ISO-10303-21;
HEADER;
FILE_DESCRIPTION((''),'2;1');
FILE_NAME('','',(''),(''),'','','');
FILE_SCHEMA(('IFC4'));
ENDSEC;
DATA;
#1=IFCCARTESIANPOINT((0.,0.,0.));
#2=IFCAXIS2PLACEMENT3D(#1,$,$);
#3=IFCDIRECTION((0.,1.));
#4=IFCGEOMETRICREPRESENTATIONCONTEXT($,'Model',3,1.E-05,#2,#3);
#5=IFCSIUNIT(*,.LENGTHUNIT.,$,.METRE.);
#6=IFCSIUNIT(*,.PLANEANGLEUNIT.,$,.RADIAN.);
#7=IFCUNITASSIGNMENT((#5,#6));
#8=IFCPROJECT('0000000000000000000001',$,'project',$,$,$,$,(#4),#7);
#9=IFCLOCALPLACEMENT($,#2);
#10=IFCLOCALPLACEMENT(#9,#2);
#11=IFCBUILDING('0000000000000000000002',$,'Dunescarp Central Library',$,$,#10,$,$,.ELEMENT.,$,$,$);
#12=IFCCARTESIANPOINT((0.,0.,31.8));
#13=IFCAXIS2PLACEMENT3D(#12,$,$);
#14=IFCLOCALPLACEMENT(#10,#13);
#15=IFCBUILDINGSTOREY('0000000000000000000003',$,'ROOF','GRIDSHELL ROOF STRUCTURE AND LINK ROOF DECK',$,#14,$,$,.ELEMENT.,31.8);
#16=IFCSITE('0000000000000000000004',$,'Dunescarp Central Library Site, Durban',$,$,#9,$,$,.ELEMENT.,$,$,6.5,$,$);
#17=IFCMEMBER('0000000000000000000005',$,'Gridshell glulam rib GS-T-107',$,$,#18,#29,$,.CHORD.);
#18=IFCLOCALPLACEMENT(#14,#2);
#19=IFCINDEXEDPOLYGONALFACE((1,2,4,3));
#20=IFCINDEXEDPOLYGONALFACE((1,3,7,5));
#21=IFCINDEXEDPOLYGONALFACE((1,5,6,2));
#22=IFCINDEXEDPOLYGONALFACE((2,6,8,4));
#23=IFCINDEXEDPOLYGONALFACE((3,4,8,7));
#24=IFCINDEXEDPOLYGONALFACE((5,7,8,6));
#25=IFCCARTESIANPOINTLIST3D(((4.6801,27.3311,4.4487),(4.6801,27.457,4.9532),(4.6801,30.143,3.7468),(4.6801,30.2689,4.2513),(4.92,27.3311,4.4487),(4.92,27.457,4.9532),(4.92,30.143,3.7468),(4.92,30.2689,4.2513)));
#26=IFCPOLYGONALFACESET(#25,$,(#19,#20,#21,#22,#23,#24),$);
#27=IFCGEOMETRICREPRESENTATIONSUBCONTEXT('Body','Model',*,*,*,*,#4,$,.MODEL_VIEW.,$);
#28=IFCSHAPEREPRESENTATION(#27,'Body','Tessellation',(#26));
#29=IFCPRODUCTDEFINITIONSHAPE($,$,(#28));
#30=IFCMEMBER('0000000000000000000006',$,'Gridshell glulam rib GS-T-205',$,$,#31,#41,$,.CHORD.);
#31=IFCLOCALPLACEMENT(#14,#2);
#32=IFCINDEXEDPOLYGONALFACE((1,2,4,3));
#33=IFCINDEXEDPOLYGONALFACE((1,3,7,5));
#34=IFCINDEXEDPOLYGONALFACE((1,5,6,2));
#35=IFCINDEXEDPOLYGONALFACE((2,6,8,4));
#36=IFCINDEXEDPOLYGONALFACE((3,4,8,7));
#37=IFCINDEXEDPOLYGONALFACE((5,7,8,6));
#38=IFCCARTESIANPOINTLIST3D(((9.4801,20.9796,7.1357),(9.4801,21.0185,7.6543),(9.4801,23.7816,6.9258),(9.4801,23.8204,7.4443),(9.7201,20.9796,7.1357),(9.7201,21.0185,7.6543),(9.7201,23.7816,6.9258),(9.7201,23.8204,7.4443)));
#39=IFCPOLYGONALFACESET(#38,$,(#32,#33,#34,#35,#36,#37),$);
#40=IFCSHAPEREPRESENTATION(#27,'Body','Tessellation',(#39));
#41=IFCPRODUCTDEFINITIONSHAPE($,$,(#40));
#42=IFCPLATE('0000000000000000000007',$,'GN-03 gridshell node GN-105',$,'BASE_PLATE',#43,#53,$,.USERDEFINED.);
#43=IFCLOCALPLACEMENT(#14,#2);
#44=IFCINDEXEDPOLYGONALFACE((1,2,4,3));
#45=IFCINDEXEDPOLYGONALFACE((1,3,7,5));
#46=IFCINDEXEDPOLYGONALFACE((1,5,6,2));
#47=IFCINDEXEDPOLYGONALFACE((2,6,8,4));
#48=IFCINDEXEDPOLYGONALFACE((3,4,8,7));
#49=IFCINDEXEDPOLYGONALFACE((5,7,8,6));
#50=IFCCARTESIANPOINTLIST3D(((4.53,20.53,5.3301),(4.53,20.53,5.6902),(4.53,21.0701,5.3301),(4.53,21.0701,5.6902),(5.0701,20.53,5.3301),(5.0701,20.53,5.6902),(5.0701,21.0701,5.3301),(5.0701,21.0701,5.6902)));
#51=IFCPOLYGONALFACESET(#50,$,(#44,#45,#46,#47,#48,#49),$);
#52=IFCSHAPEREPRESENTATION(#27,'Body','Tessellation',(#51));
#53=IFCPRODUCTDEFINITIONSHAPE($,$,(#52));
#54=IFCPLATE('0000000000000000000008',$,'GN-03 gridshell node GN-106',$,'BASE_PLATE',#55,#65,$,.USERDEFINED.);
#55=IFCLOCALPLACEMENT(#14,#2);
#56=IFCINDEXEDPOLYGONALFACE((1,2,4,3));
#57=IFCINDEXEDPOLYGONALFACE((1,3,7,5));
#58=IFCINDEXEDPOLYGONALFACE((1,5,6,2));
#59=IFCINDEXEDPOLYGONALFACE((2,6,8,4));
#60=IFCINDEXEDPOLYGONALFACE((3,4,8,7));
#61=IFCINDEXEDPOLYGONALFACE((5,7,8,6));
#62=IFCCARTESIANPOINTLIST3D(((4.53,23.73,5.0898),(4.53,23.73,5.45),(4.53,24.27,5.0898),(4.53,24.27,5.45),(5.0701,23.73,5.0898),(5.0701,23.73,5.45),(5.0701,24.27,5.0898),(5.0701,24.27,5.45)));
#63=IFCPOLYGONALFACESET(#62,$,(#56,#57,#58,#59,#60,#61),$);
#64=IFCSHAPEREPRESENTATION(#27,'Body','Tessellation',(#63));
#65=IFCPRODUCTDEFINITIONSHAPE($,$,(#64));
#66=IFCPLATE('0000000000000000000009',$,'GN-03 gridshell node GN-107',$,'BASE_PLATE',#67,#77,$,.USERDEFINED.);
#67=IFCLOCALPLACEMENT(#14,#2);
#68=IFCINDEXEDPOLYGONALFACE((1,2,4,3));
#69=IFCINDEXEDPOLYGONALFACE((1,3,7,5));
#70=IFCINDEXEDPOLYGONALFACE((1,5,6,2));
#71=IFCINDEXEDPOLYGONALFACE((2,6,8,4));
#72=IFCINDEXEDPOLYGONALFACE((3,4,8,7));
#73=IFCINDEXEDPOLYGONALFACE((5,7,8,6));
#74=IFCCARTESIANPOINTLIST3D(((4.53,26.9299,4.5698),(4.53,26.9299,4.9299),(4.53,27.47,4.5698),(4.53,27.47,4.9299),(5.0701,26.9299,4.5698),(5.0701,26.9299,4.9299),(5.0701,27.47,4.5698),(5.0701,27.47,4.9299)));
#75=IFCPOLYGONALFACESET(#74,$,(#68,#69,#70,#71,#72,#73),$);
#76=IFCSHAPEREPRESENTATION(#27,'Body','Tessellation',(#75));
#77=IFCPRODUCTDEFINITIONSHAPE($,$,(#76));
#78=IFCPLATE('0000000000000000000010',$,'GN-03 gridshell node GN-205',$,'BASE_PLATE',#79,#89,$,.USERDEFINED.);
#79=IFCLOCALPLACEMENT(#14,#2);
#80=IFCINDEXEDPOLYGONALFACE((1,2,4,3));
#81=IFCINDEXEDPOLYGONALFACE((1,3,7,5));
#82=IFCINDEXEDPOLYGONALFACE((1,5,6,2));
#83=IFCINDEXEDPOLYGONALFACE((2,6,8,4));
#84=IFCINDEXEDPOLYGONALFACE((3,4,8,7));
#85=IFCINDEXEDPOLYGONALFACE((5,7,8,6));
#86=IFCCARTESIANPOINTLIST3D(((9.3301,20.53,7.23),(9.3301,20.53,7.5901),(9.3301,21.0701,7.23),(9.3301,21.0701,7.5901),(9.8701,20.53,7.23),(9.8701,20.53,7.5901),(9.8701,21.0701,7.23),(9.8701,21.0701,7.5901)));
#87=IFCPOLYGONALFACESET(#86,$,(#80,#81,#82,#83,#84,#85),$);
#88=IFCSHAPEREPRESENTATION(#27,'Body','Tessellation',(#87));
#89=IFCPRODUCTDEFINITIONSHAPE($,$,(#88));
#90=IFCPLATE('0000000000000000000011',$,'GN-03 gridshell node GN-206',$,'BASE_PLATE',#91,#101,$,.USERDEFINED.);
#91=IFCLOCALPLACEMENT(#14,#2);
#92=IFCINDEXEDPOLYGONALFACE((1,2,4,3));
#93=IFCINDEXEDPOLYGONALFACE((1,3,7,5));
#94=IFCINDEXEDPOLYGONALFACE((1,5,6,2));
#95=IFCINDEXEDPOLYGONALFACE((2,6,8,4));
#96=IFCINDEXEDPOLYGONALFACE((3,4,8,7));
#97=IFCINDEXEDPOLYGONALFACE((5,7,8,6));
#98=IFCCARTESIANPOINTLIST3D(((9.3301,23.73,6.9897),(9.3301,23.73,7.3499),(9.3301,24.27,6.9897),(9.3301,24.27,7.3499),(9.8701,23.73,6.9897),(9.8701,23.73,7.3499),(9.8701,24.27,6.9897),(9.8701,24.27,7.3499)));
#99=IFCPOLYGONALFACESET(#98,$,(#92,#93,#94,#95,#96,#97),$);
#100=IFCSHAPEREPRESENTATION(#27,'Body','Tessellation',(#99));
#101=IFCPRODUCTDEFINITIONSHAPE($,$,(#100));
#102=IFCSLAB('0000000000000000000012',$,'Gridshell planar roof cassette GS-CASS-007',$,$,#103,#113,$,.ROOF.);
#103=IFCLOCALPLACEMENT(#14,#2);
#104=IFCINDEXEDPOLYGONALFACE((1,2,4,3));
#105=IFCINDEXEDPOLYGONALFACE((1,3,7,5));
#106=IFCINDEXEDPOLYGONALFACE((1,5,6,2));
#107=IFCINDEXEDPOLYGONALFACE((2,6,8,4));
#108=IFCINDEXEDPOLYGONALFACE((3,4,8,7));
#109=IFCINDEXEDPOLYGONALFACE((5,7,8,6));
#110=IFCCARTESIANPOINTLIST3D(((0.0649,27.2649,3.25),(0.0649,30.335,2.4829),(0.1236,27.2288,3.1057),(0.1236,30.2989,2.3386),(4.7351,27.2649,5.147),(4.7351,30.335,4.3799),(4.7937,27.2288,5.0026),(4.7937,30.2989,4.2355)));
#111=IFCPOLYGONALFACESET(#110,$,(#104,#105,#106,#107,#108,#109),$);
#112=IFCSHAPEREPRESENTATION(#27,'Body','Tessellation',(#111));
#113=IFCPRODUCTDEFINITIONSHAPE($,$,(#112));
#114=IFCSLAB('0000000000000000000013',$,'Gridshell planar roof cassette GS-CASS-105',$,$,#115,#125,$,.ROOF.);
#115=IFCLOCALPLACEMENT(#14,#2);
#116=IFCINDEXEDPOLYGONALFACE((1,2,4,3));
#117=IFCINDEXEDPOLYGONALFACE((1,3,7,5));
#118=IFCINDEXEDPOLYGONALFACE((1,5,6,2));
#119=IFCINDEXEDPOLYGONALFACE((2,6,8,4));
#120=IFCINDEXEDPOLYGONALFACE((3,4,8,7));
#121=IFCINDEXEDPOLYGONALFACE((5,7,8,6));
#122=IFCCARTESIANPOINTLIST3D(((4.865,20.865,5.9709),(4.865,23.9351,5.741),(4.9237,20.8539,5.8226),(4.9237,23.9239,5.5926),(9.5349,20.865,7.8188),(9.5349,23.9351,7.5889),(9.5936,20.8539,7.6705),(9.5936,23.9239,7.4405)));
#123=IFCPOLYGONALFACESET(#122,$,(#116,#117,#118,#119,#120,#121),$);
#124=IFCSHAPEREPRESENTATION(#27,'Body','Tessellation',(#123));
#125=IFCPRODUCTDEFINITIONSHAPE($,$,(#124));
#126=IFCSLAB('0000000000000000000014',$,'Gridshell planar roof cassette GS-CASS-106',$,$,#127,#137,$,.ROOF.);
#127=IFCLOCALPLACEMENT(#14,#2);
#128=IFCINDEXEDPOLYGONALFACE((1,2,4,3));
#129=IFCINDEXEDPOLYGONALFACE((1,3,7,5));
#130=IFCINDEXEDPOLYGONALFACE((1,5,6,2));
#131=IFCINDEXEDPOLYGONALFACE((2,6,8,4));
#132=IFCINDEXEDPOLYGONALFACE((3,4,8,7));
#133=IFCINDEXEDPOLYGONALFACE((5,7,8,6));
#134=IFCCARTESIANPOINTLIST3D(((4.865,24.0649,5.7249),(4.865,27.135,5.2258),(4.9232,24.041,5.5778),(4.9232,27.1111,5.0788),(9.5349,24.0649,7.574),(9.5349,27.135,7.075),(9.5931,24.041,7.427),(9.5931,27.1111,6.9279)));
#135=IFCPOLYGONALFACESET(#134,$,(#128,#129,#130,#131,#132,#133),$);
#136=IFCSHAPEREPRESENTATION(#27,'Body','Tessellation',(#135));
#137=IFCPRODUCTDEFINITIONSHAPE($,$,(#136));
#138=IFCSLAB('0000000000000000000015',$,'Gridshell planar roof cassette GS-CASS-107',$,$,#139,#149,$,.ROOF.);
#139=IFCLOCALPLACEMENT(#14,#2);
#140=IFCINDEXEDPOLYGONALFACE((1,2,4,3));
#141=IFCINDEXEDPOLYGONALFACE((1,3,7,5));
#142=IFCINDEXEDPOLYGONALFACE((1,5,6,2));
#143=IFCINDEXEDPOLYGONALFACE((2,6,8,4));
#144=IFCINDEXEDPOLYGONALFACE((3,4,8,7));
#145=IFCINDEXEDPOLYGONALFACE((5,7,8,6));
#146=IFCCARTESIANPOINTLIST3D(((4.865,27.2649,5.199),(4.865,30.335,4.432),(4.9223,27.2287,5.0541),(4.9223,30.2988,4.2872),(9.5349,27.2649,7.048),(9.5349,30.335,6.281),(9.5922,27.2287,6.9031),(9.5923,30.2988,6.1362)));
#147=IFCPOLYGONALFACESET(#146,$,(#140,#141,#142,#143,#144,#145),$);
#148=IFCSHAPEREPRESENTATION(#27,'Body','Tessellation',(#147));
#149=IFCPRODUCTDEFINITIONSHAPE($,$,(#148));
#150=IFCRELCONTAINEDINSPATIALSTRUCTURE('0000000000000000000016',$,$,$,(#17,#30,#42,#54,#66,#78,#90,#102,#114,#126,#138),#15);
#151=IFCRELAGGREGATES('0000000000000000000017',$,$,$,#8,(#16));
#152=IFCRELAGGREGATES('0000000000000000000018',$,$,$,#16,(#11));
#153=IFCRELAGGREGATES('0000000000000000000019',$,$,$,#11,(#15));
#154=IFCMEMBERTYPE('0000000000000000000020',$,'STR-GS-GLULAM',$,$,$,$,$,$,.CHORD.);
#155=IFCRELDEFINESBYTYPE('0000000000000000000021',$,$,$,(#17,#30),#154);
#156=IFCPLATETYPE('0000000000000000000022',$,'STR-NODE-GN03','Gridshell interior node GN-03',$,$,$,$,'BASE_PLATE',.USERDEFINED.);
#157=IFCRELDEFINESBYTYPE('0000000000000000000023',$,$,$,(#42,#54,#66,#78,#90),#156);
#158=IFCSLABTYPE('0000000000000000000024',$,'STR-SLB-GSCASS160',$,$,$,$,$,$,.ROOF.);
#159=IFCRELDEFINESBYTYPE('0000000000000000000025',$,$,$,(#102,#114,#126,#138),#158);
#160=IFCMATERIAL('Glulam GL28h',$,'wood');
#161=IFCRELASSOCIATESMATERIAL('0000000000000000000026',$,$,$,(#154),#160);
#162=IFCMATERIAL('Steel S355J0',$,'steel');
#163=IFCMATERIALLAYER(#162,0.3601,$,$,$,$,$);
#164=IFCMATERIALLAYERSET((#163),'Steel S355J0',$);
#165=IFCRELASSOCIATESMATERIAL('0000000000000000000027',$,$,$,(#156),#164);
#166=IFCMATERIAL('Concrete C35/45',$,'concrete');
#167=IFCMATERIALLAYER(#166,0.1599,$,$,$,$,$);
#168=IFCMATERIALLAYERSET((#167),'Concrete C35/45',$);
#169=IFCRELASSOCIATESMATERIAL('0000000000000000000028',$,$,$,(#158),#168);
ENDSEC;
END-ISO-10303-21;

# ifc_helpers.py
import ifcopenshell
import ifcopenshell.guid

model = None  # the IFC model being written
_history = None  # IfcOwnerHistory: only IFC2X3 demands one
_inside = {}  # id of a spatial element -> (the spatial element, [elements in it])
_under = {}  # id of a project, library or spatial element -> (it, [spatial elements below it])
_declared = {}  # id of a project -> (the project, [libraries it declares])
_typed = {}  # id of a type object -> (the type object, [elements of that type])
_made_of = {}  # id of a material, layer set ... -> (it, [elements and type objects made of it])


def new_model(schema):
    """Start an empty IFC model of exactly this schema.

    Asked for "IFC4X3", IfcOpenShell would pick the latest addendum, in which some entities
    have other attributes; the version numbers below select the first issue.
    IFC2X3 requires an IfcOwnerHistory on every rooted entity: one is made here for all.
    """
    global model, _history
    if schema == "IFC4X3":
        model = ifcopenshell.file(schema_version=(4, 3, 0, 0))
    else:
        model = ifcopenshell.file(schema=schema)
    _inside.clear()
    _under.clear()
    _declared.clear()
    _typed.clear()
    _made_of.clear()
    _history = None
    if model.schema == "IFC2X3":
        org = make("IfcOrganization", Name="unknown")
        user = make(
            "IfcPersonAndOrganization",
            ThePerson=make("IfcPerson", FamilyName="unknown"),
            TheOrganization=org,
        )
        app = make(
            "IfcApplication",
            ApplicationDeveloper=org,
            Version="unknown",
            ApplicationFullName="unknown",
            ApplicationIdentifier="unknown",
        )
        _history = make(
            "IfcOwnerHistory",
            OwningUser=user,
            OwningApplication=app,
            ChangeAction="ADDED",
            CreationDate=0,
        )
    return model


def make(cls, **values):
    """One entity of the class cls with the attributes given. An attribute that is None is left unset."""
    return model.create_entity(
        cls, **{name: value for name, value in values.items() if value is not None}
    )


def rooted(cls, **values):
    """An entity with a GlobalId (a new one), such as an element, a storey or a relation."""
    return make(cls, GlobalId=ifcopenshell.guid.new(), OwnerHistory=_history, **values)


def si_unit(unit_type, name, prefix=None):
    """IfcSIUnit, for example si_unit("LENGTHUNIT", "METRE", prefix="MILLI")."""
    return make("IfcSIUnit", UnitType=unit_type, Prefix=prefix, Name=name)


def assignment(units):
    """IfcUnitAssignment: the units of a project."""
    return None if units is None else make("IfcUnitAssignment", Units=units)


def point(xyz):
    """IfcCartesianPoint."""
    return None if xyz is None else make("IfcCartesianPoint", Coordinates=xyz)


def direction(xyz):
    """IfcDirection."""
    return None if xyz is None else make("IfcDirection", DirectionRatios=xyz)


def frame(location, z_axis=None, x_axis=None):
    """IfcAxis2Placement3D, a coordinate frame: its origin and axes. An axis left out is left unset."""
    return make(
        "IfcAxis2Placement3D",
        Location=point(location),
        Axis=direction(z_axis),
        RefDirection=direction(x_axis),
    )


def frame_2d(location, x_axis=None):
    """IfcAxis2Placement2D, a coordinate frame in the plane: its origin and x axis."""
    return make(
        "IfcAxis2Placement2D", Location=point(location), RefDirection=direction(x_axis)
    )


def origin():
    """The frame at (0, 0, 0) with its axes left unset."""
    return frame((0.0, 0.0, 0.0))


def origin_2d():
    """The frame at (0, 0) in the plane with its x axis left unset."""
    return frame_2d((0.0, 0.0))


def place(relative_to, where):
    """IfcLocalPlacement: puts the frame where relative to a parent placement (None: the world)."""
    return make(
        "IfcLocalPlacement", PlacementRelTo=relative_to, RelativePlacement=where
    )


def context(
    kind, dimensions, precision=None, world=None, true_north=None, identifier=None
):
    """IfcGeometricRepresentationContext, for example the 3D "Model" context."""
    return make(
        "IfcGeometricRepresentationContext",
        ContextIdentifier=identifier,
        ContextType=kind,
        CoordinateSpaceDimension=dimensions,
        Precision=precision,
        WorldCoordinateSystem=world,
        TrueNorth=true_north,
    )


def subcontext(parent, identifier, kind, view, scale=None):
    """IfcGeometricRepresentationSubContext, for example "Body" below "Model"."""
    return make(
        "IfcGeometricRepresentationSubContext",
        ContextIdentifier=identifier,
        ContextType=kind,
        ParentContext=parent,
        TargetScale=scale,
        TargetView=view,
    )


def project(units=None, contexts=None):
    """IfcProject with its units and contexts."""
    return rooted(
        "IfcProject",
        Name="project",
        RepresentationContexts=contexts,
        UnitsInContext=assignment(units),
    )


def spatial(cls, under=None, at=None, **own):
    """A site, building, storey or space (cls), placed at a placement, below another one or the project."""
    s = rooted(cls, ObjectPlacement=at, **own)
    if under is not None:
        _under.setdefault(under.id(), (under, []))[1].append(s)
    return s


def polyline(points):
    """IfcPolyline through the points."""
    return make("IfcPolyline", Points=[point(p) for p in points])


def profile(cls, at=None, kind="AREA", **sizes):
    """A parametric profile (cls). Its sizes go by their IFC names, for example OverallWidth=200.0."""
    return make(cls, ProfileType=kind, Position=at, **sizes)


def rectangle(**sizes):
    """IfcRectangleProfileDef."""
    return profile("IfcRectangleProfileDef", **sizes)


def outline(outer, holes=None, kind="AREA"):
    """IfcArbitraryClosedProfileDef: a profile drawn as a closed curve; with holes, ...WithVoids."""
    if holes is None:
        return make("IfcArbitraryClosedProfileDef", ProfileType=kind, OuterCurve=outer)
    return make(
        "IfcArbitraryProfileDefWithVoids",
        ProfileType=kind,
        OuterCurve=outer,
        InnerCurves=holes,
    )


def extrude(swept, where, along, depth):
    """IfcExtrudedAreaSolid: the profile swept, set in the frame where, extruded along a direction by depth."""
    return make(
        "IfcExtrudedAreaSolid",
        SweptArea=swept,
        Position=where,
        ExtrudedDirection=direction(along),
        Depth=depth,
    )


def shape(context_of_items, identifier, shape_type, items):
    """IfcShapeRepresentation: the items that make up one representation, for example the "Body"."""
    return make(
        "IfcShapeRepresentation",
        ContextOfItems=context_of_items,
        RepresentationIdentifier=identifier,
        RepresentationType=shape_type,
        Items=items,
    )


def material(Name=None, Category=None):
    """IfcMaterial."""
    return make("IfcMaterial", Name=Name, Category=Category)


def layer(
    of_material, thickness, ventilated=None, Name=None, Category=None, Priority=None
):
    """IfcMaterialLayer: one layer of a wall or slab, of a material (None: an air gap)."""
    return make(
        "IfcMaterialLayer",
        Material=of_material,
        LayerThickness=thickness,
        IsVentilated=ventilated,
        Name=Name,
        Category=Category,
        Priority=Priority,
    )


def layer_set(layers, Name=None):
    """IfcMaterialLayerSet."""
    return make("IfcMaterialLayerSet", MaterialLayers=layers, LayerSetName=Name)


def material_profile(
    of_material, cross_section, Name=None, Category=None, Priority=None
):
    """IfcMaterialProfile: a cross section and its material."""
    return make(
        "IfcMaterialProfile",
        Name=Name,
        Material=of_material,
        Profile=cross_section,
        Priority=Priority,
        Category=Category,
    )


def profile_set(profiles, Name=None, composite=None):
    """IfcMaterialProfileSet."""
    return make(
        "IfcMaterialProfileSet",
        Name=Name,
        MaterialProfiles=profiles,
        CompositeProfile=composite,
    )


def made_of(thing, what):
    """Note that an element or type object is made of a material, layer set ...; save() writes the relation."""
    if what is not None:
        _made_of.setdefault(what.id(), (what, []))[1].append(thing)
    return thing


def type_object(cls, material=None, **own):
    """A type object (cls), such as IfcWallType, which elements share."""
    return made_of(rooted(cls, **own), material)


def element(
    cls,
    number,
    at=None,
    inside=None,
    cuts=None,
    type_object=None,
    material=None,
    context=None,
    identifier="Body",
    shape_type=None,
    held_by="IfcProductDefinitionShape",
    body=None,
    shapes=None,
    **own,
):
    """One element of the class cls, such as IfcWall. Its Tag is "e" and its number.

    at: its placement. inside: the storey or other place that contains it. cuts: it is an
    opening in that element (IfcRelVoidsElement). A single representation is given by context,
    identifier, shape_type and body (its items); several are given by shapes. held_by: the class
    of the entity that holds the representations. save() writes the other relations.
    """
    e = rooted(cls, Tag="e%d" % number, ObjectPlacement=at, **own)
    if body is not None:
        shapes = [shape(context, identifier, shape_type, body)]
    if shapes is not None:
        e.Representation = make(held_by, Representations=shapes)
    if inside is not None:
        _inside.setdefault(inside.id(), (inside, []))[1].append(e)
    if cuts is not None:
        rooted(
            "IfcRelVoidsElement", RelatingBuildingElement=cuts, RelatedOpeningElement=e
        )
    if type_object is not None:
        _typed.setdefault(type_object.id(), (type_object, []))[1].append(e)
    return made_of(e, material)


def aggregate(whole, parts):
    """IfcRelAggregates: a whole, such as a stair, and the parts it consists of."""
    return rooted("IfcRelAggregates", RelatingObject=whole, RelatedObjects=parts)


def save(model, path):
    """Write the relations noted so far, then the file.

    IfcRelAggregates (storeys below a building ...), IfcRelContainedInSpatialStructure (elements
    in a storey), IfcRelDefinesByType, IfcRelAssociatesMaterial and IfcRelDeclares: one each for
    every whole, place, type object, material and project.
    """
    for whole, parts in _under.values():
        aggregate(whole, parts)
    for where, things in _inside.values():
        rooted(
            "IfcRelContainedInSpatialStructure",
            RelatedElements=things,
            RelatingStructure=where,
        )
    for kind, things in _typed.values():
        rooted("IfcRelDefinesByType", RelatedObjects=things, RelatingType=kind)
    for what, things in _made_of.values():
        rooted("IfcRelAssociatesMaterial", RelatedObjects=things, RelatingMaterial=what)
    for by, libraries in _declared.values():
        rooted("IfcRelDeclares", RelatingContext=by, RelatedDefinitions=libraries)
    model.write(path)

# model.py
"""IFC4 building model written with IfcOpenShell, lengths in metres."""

from ifc_helpers import new_model, si_unit, direction, frame, origin, origin_2d, place, context, subcontext, project, spatial, polyline, rectangle, outline, extrude, material, layer, layer_set, material_profile, profile_set, type_object, element, save


model = new_model("IFC4")

# Units and contexts
model_context = context("Model", 3, precision=1e-05, world=origin(), true_north=direction((0.0, 1.0)))
body_context = subcontext(model_context, "Body", "Model", "MODEL_VIEW")
ifc_project = project(units=[si_unit("LENGTHUNIT", "METRE"), si_unit("PLANEANGLEUNIT", "RADIAN")], contexts=[model_context])

# Site, building, storey
site_placement = place(None, origin())
site = spatial("IfcSite", under=ifc_project, at=site_placement, Name="Dunescarp Central Library Site, Durban", CompositionType="ELEMENT", RefElevation=6.5)
building_placement = place(site_placement, origin())
building = spatial("IfcBuilding", under=site, at=building_placement, Name="Dunescarp Central Library", CompositionType="ELEMENT")
storey_placement = place(building_placement, frame((0.0, 0.0, 31.8)))
storey = spatial("IfcBuildingStorey", under=building, at=storey_placement, Name="ROOF", Description="GRIDSHELL ROOF STRUCTURE AND LINK ROOF DECK", CompositionType="ELEMENT", Elevation=31.8)

# Members
ifc_material_1 = material(Name="Steel S355J0", Category="steel")
ifc_material_2 = material(Name="Glulam GL28h", Category="wood")
ifc_material_profile_1 = material_profile(ifc_material_2, rectangle(XDim=0.24, YDim=0.52, at=origin_2d()), Name="GL28h 240x520")
ifc_profile_set_1 = profile_set([ifc_material_profile_1], Name="Glulam GL28h")
member_type_1 = type_object("IfcMemberType", Name="STR-GS-GLULAM", PredefinedType="CHORD", material=ifc_profile_set_1)
member_1_placement = place(storey_placement, frame((4.8, 27.394, 4.7009), z_axis=(0.0, 0.970232, -0.242179), x_axis=(-1.0, 0.0, 0.0)))
element("IfcMember", 1, at=member_1_placement, inside=storey, type_object=member_type_1, Name="Gridshell glulam rib GS-T-107", PredefinedType="CHORD", context=body_context, shape_type="SweptSolid", body=[
    extrude(rectangle(XDim=0.24, YDim=0.52, at=origin_2d()), origin(), (0.0, 0.0, 1.0), 2.8982),
])
member_2_placement = place(storey_placement, frame((9.6001, 20.999, 7.395), z_axis=(0.0, 0.997204, -0.074723), x_axis=(-1.0, 0.0, 0.0)))
element("IfcMember", 2, at=member_2_placement, inside=storey, type_object=member_type_1, Name="Gridshell glulam rib GS-T-205", PredefinedType="CHORD", context=body_context, shape_type="SweptSolid", body=[
    extrude(rectangle(XDim=0.24, YDim=0.52, at=origin_2d()), origin(), (0.0, 0.0, 1.0), 2.8098),
])

# Plates
ifc_layer_1 = layer(ifc_material_1, 0.3601)
ifc_layer_set_1 = layer_set([ifc_layer_1], Name="Steel S355J0")
plate_type = type_object("IfcPlateType", Name="STR-NODE-GN03", Description="Gridshell interior node GN-03", ElementType="BASE_PLATE", PredefinedType="USERDEFINED", material=ifc_layer_set_1)
for number, where, z_axis, x_axis, name in (
    (3, (4.8, 20.8, 5.3301), (0.0, 0.0, 1.0), (1.0, 0.0, 0.0), "GN-03 gridshell node GN-105"),
    (4, (4.8, 24.0, 5.0898), (0.0, 0.0, 1.0), (1.0, 0.0, 0.0), "GN-03 gridshell node GN-106"),
    (5, (4.8, 27.2, 4.5698), (0.0, 0.0, 1.0), (1.0, 0.0, 0.0), "GN-03 gridshell node GN-107"),
    (6, (9.6001, 20.8, 7.23), (0.0, 0.0, 1.0), (1.0, 0.0, 0.0), "GN-03 gridshell node GN-205"),
    (7, (9.6001, 24.0, 6.9897), (0.0, 0.0, 1.0), (1.0, 0.0, 0.0), "GN-03 gridshell node GN-206"),
):
    element("IfcPlate", number, at=place(storey_placement, frame(where, z_axis=z_axis, x_axis=x_axis)), inside=storey, type_object=plate_type, Name=name, ObjectType="BASE_PLATE", PredefinedType="USERDEFINED", context=body_context, shape_type="SweptSolid", body=[
        extrude(rectangle(XDim=0.54, YDim=0.54, at=origin_2d()), origin(), (0.0, 0.0, 1.0), 0.3601),
    ])

# Slabs
ifc_material_3 = material(Name="Concrete C35/45", Category="concrete")
ifc_layer_2 = layer(ifc_material_3, 0.1599)
ifc_layer_set_2 = layer_set([ifc_layer_2], Name="Concrete C35/45")
slab_type = type_object("IfcSlabType", Name="STR-SLB-GSCASS160", PredefinedType="ROOF", material=ifc_layer_set_2)
slab_1_placement = place(storey_placement, frame((0.0649, 27.2649, 3.25), z_axis=(-0.366633, 0.225529, 0.902617), x_axis=(0.926486, 0.0, 0.376329)))
element("IfcSlab", 8, at=slab_1_placement, inside=storey, type_object=slab_type, Name="Gridshell planar roof cassette GS-CASS-007", PredefinedType="ROOF", context=body_context, shape_type="SweptSolid", body=[
    extrude(outline(polyline([(0.0, 0.0), (5.0407, 0.0), (4.7521, 3.1513), (-0.2887, 3.1513), (0.0, 0.0)])), origin(), (0.0, 0.0, -1.0), 0.1599),
])
slab_2_placement = place(storey_placement, frame((4.865, 20.865, 5.9709), z_axis=(-0.367054, 0.069487, 0.927601), x_axis=(0.929848, 0.0, 0.367943)))
element("IfcSlab", 9, at=slab_2_placement, inside=storey, type_object=slab_type, Name="Gridshell planar roof cassette GS-CASS-105", PredefinedType="ROOF", context=body_context, shape_type="SweptSolid", body=[
    extrude(outline(polyline([(0.0, 0.0), (5.0222, 0.0), (4.9376, 3.0775), (-0.0846, 3.0775), (0.0, 0.0)])), origin(), (0.0, 0.0, -1.0), 0.1599),
])
slab_3_placement = place(storey_placement, frame((4.865, 24.0649, 5.7249), z_axis=(-0.36402, 0.149432, 0.919326), x_axis=(0.929765, 0.0, 0.368154)))
element("IfcSlab", 10, at=slab_3_placement, inside=storey, type_object=slab_type, Name="Gridshell planar roof cassette GS-CASS-106", PredefinedType="ROOF", context=body_context, shape_type="SweptSolid", body=[
    extrude(outline(polyline([(0.0, 0.0), (5.0227, 0.0), (4.839, 3.1049), (-0.1837, 3.1049), (0.0, 0.0)])), origin(), (0.0, 0.0, -1.0), 0.1599),
])
slab_4_placement = place(storey_placement, frame((4.865, 27.2649, 5.199), z_axis=(-0.358586, 0.226254, 0.905663), x_axis=(0.929774, 0.000005, 0.368131)))
element("IfcSlab", 11, at=slab_4_placement, inside=storey, type_object=slab_type, Name="Gridshell planar roof cassette GS-CASS-107", PredefinedType="ROOF", context=body_context, shape_type="SweptSolid", body=[
    extrude(outline(polyline([(0.0, 0.0), (5.0226, 0.0), (4.7403, 3.1518), (-0.2824, 3.1518), (0.0, 0.0)])), origin(), (0.0, 0.0, -1.0), 0.1599),
])

save(model, "model.ifc")
